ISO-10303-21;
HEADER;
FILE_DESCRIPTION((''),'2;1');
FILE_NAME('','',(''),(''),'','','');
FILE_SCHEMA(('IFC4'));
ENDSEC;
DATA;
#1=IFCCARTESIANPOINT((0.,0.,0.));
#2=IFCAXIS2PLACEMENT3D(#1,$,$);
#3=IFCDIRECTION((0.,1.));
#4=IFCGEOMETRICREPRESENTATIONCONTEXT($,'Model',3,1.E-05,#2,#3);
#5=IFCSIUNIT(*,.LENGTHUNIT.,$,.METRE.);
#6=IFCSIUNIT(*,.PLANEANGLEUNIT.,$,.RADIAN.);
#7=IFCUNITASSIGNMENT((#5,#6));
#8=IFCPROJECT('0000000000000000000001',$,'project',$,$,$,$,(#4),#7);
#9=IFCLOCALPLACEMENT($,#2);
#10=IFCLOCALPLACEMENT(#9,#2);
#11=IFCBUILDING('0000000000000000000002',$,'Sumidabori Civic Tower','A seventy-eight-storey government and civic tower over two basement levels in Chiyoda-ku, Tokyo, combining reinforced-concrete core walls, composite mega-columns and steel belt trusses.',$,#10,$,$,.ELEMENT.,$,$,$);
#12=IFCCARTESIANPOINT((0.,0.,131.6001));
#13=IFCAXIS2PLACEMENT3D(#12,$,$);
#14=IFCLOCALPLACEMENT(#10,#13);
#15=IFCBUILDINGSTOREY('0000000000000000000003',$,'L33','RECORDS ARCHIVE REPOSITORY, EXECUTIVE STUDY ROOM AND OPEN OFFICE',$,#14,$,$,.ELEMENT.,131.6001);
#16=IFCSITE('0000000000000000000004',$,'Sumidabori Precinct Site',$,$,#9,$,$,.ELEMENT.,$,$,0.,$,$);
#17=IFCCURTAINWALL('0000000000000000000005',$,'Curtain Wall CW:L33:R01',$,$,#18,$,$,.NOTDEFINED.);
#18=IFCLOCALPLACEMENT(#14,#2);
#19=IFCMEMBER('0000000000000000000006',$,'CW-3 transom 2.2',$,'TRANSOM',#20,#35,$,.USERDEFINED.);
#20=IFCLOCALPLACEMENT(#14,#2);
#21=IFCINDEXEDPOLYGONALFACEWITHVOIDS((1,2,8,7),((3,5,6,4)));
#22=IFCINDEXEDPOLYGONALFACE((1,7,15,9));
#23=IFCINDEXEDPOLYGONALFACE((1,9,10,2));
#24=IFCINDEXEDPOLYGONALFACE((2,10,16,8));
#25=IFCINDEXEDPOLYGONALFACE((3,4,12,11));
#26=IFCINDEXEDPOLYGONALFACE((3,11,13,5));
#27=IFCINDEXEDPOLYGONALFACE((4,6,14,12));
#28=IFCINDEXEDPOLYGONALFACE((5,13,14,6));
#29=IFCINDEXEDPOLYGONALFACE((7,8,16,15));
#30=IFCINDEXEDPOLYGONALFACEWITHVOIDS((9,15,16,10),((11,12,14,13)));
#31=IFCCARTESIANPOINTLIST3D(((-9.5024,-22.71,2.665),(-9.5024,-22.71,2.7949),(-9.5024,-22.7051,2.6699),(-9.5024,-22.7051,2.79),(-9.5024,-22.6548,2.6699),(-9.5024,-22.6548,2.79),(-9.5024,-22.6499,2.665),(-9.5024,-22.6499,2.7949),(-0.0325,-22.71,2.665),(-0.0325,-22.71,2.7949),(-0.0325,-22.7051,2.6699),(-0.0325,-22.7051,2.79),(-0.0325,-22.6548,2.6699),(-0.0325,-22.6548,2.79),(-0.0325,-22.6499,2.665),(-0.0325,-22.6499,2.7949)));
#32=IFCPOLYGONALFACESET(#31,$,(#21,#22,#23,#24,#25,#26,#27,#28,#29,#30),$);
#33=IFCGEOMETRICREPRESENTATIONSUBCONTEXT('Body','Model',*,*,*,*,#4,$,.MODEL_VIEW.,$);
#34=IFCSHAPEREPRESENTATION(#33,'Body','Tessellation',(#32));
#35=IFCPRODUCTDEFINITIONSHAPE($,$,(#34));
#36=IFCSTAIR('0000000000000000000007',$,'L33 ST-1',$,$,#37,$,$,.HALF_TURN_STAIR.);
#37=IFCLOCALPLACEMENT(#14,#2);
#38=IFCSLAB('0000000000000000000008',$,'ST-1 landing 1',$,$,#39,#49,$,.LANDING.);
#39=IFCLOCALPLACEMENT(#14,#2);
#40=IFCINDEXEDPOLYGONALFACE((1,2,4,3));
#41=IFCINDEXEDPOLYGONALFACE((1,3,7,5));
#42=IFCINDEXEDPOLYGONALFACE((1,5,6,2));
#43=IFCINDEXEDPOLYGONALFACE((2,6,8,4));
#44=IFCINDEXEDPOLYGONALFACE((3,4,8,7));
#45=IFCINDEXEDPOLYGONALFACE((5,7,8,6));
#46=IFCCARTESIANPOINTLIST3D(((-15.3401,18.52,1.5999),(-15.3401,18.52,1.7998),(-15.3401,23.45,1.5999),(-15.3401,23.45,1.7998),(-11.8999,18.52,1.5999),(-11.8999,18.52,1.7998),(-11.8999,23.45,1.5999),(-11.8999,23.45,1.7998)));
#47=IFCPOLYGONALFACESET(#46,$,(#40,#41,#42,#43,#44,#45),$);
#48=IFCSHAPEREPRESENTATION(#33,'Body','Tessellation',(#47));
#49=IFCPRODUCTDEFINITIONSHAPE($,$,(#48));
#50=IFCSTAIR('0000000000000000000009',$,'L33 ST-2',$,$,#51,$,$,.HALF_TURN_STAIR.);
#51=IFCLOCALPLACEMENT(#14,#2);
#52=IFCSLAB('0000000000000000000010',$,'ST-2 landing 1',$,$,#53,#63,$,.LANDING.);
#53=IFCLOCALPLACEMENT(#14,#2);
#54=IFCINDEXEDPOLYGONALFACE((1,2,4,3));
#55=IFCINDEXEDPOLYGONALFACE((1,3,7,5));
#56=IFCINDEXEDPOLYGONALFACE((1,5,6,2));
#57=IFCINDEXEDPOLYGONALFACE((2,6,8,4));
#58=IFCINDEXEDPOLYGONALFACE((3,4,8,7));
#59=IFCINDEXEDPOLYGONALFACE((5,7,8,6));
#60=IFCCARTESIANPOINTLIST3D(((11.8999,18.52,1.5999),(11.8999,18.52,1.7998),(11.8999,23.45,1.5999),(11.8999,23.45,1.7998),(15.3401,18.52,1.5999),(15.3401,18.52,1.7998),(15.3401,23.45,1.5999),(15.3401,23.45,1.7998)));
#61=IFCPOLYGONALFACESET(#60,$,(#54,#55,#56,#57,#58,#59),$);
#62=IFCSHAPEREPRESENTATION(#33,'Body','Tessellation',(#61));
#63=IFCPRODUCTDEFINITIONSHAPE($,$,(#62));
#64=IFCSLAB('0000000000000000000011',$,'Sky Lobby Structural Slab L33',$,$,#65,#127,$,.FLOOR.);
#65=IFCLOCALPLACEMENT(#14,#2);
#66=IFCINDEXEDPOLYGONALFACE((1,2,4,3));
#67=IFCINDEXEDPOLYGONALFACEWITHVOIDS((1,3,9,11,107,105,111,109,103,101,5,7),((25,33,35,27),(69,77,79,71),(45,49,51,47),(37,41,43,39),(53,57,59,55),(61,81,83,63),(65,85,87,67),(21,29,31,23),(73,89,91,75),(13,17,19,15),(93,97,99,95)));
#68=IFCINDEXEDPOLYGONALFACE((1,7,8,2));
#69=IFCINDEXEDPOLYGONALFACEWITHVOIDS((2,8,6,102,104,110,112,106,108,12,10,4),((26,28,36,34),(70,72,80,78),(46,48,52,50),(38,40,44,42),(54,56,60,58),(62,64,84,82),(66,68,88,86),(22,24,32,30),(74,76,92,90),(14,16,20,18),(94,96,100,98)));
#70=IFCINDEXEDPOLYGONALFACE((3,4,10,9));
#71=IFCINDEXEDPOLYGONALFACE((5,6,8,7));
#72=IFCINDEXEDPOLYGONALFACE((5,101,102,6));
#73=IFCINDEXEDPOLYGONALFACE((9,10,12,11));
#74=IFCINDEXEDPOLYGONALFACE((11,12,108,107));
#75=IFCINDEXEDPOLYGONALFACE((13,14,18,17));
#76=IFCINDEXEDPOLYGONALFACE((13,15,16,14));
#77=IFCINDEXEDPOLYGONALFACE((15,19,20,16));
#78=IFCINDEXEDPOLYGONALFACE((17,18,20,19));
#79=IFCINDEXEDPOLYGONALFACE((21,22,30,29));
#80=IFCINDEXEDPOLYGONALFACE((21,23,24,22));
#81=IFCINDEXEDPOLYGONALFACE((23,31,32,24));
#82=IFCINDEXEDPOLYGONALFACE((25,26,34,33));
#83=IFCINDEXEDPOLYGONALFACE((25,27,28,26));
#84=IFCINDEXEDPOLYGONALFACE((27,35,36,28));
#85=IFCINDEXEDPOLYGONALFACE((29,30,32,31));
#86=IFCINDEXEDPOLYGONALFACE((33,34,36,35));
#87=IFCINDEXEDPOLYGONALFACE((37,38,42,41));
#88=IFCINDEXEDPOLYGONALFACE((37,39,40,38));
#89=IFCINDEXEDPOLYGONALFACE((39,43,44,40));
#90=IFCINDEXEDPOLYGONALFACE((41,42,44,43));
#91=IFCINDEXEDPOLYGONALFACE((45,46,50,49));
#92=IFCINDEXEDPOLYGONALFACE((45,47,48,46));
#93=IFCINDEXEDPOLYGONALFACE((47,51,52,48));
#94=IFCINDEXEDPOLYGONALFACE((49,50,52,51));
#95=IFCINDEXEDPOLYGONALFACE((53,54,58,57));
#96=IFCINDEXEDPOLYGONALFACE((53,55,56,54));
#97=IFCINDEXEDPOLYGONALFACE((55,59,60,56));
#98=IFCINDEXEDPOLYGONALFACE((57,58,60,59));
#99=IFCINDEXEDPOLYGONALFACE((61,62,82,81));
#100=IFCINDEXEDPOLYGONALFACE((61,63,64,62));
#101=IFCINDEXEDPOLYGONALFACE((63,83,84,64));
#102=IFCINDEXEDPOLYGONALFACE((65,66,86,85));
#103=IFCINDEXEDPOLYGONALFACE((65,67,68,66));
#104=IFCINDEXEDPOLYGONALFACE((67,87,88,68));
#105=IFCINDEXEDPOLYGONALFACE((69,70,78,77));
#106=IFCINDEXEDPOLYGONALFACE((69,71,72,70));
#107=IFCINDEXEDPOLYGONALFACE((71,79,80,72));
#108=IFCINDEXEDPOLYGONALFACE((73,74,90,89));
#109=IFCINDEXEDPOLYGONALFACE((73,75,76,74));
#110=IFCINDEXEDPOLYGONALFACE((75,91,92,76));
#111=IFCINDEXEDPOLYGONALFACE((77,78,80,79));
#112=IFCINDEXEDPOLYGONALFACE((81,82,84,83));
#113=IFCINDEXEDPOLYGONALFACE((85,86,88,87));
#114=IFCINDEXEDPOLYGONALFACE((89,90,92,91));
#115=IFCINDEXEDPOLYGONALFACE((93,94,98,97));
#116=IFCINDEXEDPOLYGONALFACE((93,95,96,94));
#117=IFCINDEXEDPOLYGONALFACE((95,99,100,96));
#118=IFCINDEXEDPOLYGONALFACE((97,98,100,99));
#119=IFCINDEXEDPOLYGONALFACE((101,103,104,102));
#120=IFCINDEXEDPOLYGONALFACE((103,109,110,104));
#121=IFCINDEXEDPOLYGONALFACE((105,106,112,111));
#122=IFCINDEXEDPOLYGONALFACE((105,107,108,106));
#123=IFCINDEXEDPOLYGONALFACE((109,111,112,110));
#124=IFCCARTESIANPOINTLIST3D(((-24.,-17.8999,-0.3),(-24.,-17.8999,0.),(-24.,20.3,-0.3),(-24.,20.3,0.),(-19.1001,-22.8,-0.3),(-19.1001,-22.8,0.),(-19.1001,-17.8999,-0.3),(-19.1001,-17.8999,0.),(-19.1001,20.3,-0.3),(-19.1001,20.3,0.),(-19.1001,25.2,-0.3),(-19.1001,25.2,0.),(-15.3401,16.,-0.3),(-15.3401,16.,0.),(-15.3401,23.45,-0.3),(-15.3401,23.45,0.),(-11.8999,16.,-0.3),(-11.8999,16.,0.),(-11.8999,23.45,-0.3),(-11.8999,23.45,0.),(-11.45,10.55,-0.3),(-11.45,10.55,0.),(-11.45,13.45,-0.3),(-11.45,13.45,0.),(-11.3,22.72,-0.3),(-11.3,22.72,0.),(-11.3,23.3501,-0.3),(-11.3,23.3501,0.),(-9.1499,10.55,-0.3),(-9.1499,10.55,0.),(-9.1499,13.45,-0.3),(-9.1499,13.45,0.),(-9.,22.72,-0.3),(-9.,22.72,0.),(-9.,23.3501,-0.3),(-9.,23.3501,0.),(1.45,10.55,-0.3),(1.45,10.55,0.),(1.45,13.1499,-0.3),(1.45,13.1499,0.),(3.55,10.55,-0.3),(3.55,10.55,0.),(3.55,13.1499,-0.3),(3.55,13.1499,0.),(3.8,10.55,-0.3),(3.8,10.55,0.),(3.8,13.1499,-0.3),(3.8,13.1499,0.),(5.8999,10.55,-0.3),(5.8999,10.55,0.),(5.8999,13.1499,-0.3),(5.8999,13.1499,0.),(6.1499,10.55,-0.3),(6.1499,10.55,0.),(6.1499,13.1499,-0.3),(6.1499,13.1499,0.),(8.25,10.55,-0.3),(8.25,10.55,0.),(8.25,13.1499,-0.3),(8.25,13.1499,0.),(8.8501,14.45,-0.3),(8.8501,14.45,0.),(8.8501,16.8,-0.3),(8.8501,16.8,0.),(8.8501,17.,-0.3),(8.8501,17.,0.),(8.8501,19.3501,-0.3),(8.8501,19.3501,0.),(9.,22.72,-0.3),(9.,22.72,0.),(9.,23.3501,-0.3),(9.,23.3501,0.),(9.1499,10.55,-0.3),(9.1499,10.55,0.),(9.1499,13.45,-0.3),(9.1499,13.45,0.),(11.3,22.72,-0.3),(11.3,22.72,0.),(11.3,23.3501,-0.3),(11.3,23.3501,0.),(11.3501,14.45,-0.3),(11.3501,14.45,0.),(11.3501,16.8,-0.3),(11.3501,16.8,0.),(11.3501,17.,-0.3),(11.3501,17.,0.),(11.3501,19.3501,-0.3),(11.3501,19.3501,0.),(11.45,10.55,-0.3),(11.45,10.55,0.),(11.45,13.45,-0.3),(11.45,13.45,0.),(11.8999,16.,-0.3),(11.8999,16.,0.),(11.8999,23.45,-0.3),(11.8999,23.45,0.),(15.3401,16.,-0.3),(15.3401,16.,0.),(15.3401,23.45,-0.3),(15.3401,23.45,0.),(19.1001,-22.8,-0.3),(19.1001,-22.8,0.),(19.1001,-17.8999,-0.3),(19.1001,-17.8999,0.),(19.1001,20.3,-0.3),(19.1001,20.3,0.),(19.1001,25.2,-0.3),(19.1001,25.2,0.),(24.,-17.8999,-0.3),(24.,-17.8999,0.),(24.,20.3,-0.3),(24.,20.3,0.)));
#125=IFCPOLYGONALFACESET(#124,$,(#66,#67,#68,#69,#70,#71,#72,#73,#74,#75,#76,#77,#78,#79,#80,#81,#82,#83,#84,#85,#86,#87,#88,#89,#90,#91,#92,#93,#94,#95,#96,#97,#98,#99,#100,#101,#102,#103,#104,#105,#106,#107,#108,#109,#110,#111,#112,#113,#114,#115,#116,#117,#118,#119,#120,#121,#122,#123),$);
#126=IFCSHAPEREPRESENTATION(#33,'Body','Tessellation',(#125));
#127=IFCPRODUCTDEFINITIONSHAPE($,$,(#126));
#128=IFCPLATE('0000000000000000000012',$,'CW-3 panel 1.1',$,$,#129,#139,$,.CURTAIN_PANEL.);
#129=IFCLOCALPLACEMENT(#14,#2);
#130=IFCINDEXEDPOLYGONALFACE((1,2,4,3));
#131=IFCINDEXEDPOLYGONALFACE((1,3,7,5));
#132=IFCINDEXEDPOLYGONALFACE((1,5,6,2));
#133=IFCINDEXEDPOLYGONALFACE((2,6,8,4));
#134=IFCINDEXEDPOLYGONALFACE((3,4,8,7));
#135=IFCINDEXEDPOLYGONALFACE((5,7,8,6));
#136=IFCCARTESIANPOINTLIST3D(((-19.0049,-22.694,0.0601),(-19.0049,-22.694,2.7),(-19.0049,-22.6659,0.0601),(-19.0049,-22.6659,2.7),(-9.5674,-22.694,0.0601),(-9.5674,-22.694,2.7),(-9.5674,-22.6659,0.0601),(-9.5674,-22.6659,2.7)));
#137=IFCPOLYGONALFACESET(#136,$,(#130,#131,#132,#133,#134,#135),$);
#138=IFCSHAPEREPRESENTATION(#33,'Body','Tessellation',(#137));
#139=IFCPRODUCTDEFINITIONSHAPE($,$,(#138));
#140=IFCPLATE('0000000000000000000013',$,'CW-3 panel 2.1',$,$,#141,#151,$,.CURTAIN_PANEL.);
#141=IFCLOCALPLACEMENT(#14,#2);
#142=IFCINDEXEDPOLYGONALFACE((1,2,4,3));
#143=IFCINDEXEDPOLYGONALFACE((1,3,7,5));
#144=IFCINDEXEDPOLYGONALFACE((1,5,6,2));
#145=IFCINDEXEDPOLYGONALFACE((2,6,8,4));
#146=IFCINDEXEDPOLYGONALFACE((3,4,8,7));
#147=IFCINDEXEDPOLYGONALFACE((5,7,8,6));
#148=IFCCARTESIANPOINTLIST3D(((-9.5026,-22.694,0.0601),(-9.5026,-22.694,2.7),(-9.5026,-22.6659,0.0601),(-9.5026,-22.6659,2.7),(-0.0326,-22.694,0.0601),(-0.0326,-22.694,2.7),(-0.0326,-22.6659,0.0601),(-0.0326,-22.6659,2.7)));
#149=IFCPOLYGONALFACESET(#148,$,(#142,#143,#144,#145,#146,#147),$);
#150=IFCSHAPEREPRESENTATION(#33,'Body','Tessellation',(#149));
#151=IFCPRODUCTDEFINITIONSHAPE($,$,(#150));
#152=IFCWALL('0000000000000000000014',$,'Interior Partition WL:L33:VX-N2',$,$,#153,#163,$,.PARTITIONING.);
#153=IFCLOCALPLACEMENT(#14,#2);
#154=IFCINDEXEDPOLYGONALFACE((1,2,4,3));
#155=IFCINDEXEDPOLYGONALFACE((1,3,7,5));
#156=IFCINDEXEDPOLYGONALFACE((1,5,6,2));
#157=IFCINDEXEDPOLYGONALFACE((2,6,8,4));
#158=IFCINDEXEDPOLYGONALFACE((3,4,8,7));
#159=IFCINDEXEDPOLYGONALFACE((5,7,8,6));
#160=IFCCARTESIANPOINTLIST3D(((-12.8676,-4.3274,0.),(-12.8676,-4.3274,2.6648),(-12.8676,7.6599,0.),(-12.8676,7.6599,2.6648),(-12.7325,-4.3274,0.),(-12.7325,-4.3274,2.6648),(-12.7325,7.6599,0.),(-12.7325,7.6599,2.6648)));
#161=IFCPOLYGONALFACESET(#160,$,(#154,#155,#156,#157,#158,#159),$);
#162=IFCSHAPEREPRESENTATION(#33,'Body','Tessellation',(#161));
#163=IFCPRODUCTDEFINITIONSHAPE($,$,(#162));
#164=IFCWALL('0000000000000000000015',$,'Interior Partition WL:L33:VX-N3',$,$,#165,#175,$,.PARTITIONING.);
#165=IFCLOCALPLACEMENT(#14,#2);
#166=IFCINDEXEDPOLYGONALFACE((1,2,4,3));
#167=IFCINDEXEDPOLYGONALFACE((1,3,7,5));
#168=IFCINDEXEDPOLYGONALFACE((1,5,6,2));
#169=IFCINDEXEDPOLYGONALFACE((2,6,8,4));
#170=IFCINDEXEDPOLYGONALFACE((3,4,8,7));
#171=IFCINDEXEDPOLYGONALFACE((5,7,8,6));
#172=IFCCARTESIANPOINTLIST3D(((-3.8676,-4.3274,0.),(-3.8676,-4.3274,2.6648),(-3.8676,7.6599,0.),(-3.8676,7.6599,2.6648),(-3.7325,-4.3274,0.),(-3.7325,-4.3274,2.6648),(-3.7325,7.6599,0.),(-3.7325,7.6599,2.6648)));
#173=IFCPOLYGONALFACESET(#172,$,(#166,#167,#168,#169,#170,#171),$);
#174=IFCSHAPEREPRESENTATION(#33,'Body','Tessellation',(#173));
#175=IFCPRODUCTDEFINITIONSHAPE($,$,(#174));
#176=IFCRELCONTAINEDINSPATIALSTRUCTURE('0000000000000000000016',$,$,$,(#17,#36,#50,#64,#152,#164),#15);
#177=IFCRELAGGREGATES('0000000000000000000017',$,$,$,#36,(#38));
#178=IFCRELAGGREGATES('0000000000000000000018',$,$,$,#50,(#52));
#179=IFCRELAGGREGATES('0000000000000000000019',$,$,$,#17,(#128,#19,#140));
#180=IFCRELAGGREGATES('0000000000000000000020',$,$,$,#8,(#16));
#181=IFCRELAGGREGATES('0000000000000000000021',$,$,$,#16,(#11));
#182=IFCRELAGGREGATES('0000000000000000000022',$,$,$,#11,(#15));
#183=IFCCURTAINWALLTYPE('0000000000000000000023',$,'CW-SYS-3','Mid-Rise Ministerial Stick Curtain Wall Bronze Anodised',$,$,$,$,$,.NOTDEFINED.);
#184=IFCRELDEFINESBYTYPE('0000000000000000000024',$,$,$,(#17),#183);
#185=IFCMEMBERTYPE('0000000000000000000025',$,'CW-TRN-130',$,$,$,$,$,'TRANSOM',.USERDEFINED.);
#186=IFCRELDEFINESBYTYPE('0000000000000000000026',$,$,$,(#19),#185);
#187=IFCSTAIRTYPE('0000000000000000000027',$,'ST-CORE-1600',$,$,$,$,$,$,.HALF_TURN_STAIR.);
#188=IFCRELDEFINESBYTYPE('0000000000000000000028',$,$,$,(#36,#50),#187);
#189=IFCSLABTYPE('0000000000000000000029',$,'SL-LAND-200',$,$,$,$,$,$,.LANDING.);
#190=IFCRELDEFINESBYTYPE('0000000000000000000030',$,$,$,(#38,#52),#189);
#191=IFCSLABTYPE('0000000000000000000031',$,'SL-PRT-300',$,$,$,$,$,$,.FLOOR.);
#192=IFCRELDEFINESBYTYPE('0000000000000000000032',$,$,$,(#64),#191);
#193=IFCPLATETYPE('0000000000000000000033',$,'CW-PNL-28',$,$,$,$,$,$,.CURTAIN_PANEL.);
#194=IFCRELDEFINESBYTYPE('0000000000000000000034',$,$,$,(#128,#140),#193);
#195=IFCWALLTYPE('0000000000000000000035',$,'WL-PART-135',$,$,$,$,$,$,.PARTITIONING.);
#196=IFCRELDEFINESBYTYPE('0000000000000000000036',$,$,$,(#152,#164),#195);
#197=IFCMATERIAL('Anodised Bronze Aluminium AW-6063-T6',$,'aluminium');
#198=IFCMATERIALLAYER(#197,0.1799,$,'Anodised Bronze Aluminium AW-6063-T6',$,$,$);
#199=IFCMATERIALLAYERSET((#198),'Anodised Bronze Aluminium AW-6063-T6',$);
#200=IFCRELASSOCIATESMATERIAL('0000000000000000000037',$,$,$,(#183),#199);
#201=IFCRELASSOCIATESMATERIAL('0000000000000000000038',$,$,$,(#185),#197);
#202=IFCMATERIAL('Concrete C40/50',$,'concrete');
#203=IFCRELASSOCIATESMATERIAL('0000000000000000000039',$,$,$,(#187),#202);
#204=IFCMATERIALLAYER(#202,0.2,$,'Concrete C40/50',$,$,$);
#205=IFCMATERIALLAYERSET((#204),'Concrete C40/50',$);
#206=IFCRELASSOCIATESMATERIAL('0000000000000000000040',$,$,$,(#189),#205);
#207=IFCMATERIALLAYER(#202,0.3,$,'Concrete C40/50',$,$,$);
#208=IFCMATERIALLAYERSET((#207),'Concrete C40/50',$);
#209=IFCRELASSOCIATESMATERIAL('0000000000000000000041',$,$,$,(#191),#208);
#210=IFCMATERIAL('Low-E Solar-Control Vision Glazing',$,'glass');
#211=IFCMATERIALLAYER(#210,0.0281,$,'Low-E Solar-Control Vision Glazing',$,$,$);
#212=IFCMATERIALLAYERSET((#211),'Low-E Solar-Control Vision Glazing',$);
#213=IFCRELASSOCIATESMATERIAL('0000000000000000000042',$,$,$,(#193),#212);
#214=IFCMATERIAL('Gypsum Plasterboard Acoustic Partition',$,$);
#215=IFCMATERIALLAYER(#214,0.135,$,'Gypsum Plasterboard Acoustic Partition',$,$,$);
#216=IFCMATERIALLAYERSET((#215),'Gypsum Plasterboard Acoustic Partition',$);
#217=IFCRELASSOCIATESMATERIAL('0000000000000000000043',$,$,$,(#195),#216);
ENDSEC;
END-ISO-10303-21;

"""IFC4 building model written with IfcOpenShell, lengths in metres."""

from ifc_helpers import new_model, si_unit, direction, frame, frame_2d, origin, origin_2d, place, context, subcontext, project, spatial, polyline, rectangle, hollow_rectangle, outline, extrude, source, transform, mapped, material, layer, layer_set, material_profile, profile_set, type_object, element, aggregate, save


model = new_model("IFC4")

# Units and contexts
model_context = context("Model", 3, precision=1e-05, world=origin(), true_north=direction((0.0, 1.0)))
body_context = subcontext(model_context, "Body", "Model", "MODEL_VIEW")
ifc_project = project(units=[si_unit("LENGTHUNIT", "METRE"), si_unit("PLANEANGLEUNIT", "RADIAN")], contexts=[model_context])

# Site, building, storey
site_placement = place(None, origin())
site = spatial("IfcSite", under=ifc_project, at=site_placement, Name="Sumidabori Precinct Site", CompositionType="ELEMENT", RefElevation=0.0)
building_placement = place(site_placement, origin())
building = spatial("IfcBuilding", under=site, at=building_placement, Name="Sumidabori Civic Tower", Description="A seventy-eight-storey government and civic tower over two basement levels in Chiyoda-ku, Tokyo, combining reinforced-concrete core walls, composite mega-columns and steel belt trusses.", CompositionType="ELEMENT")
storey_placement = place(building_placement, frame((0.0, 0.0, 131.6001)))
storey = spatial("IfcBuildingStorey", under=building, at=storey_placement, Name="L33", Description="RECORDS ARCHIVE REPOSITORY, EXECUTIVE STUDY ROOM AND OPEN OFFICE", CompositionType="ELEMENT", Elevation=131.6001)

# Curtain wall, member
ifc_material_1 = material(Name="Anodised Bronze Aluminium AW-6063-T6", Category="aluminium")
ifc_layer_1 = layer(ifc_material_1, 0.1799, Name="Anodised Bronze Aluminium AW-6063-T6")
ifc_layer_set_1 = layer_set([ifc_layer_1], Name="Anodised Bronze Aluminium AW-6063-T6")
curtain_wall_type = type_object("IfcCurtainWallType", Name="CW-SYS-3", Description="Mid-Rise Ministerial Stick Curtain Wall Bronze Anodised", PredefinedType="NOTDEFINED", material=ifc_layer_set_1)
curtain_wall_placement = place(storey_placement, origin())
curtain_wall = element("IfcCurtainWall", 1, at=curtain_wall_placement, inside=storey, type_object=curtain_wall_type, Name="Curtain Wall CW:L33:R01", PredefinedType="NOTDEFINED")
ifc_material_profile_1 = material_profile(ifc_material_1, hollow_rectangle(XDim=0.0601, YDim=0.1299, WallThickness=0.0049, at=origin_2d()), Name="ALU TRANSOM 130x60")
ifc_profile_set_1 = profile_set([ifc_material_profile_1], Name="Anodised Bronze Aluminium AW-6063-T6")
member_type_1 = type_object("IfcMemberType", Name="CW-TRN-130", ElementType="TRANSOM", PredefinedType="USERDEFINED", material=ifc_profile_set_1)
shared_shape_1 = source(origin(), body_context, "Body", "SweptSolid", [
    extrude(hollow_rectangle(XDim=0.0601, YDim=0.1299, WallThickness=0.0049, at=origin_2d()), origin(), (0.0, 0.0, 1.0), 9.47),
])
member_1_placement = place(storey_placement, frame((-9.5024, -22.6799, 2.73), z_axis=(1.0, 0.0, 0.0), x_axis=(0.0, 1.0, 0.0)))
member_1 = element("IfcMember", 2, at=member_1_placement, type_object=member_type_1, Name="CW-3 transom 2.2", ObjectType="TRANSOM", PredefinedType="USERDEFINED", context=body_context, shape_type="MappedRepresentation", body=[
    mapped(shared_shape_1, transform((0.0, 0.0, 0.0), x_axis=(1.0, 0.0, 0.0), y_axis=(0.0, 1.0, 0.0), z_axis=(0.0, 0.0, 1.0), scale=1.0)),
])

# Stairs, slabs
ifc_material_2 = material(Name="Concrete C40/50", Category="concrete")
stair_type = type_object("IfcStairType", Name="ST-CORE-1600", PredefinedType="HALF_TURN_STAIR", material=ifc_material_2)
stair_1_placement = place(storey_placement, origin())
stair_1 = element("IfcStair", 3, at=stair_1_placement, inside=storey, type_object=stair_type, Name="L33 ST-1", PredefinedType="HALF_TURN_STAIR")
ifc_layer_2 = layer(ifc_material_2, 0.2, Name="Concrete C40/50")
ifc_layer_set_2 = layer_set([ifc_layer_2], Name="Concrete C40/50")
slab_type_1 = type_object("IfcSlabType", Name="SL-LAND-200", PredefinedType="LANDING", material=ifc_layer_set_2)
slab_1_placement = place(storey_placement, frame((0.0, 0.0, 1.5999)))
slab_1 = element("IfcSlab", 4, at=slab_1_placement, type_object=slab_type_1, Name="ST-1 landing 1", PredefinedType="LANDING", context=body_context, shape_type="SweptSolid", body=[
    extrude(outline(polyline([(-11.8999, 18.52), (-11.8999, 23.45), (-15.3401, 23.45), (-15.3401, 18.52), (-11.8999, 18.52)])), origin(), (0.0, 0.0, 1.0), 0.2),
])
aggregate(stair_1, [slab_1])
stair_2_placement = place(storey_placement, origin())
stair_2 = element("IfcStair", 5, at=stair_2_placement, inside=storey, type_object=stair_type, Name="L33 ST-2", PredefinedType="HALF_TURN_STAIR")
slab_2_placement = place(storey_placement, frame((0.0, 0.0, 1.5999)))
slab_2 = element("IfcSlab", 6, at=slab_2_placement, type_object=slab_type_1, Name="ST-2 landing 1", PredefinedType="LANDING", context=body_context, shape_type="SweptSolid", body=[
    extrude(outline(polyline([(15.3401, 18.52), (15.3401, 23.45), (11.8999, 23.45), (11.8999, 18.52), (15.3401, 18.52)])), origin(), (0.0, 0.0, 1.0), 0.2),
])
aggregate(stair_2, [slab_2])

# Slab
ifc_layer_3 = layer(ifc_material_2, 0.3, Name="Concrete C40/50")
ifc_layer_set_3 = layer_set([ifc_layer_3], Name="Concrete C40/50")
slab_type_2 = type_object("IfcSlabType", Name="SL-PRT-300", PredefinedType="FLOOR", material=ifc_layer_set_3)
slab_3_placement = place(storey_placement, frame((0.0, 0.0, -0.3)))
element("IfcSlab", 7, at=slab_3_placement, inside=storey, type_object=slab_type_2, Name="Sky Lobby Structural Slab L33", PredefinedType="FLOOR", context=body_context, shape_type="SweptSolid", body=[
    extrude(outline(polyline([(-19.1001, -22.8), (19.1001, -22.8), (19.1001, -17.8999), (24.0, -17.8999), (24.0, 20.3), (19.1001, 20.3), (19.1001, 25.2), (-19.1001, 25.2), (-19.1001, 20.3), (-24.0, 20.3), (-24.0, -17.8999), (-19.1001, -17.8999), (-19.1001, -22.8)]), holes=[polyline([(-11.8999, 16.0), (-11.8999, 23.45), (-15.3401, 23.45), (-15.3401, 16.0), (-11.8999, 16.0)]), polyline([(15.3401, 16.0), (15.3401, 23.45), (11.8999, 23.45), (11.8999, 16.0), (15.3401, 16.0)]), polyline([(-11.45, 10.55), (-9.1499, 10.55), (-9.1499, 13.45), (-11.45, 13.45), (-11.45, 10.55)]), polyline([(9.1499, 10.55), (11.45, 10.55), (11.45, 13.45), (9.1499, 13.45), (9.1499, 10.55)]), polyline([(1.45, 10.55), (3.55, 10.55), (3.55, 13.1499), (1.45, 13.1499), (1.45, 10.55)]), polyline([(3.8, 10.55), (5.8999, 10.55), (5.8999, 13.1499), (3.8, 13.1499), (3.8, 10.55)]), polyline([(6.1499, 10.55), (8.25, 10.55), (8.25, 13.1499), (6.1499, 13.1499), (6.1499, 10.55)]), polyline([(8.8501, 14.45), (11.3501, 14.45), (11.3501, 16.8), (8.8501, 16.8), (8.8501, 14.45)]), polyline([(8.8501, 17.0), (11.3501, 17.0), (11.3501, 19.3501), (8.8501, 19.3501), (8.8501, 17.0)]), polyline([(-11.3, 22.72), (-9.0, 22.72), (-9.0, 23.3501), (-11.3, 23.3501), (-11.3, 22.72)]), polyline([(9.0, 22.72), (11.3, 22.72), (11.3, 23.3501), (9.0, 23.3501), (9.0, 22.72)])]), origin(), (0.0, 0.0, 1.0), 0.3),
])

# Plates
ifc_material_3 = material(Name="Low-E Solar-Control Vision Glazing", Category="glass")
ifc_layer_4 = layer(ifc_material_3, 0.0281, Name="Low-E Solar-Control Vision Glazing")
ifc_layer_set_4 = layer_set([ifc_layer_4], Name="Low-E Solar-Control Vision Glazing")
plate_type = type_object("IfcPlateType", Name="CW-PNL-28", PredefinedType="CURTAIN_PANEL", material=ifc_layer_set_4)
shared_shape_2 = source(origin(), body_context, "Body", "SweptSolid", [
    extrude(rectangle(XDim=9.4375, YDim=0.0281, at=origin_2d()), origin(), (0.0, 0.0, 1.0), 2.6399),
])
plate_1_placement = place(storey_placement, frame((-14.2861, -22.6799, 0.0601), z_axis=(0.0, 0.0, 1.0), x_axis=(1.0, 0.0, 0.0)))
plate_1 = element("IfcPlate", 8, at=plate_1_placement, type_object=plate_type, Name="CW-3 panel 1.1", PredefinedType="CURTAIN_PANEL", context=body_context, shape_type="MappedRepresentation", body=[
    mapped(shared_shape_2, transform((0.0, 0.0, 0.0), x_axis=(1.0, 0.0, 0.0), y_axis=(0.0, 1.0, 0.0), z_axis=(0.0, 0.0, 1.0), scale=1.0)),
])
shared_shape_3 = source(origin(), body_context, "Body", "SweptSolid", [
    extrude(rectangle(XDim=9.47, YDim=0.0281, at=origin_2d()), origin(), (0.0, 0.0, 1.0), 2.6399),
])
plate_2_placement = place(storey_placement, frame((-4.7676, -22.6799, 0.0601), z_axis=(0.0, 0.0, 1.0), x_axis=(1.0, 0.0, 0.0)))
plate_2 = element("IfcPlate", 9, at=plate_2_placement, type_object=plate_type, Name="CW-3 panel 2.1", PredefinedType="CURTAIN_PANEL", context=body_context, shape_type="MappedRepresentation", body=[
    mapped(shared_shape_3, transform((0.0, 0.0, 0.0), x_axis=(1.0, 0.0, 0.0), y_axis=(0.0, 1.0, 0.0), z_axis=(0.0, 0.0, 1.0), scale=1.0)),
])
aggregate(curtain_wall, [plate_1, member_1, plate_2])

# Walls
ifc_material_4 = material(Name="Gypsum Plasterboard Acoustic Partition")
ifc_layer_5 = layer(ifc_material_4, 0.135, Name="Gypsum Plasterboard Acoustic Partition")
ifc_layer_set_5 = layer_set([ifc_layer_5], Name="Gypsum Plasterboard Acoustic Partition")
wall_type = type_object("IfcWallType", Name="WL-PART-135", PredefinedType="PARTITIONING", material=ifc_layer_set_5)
shared_shape_4 = source(origin(), body_context, "Body", "SweptSolid", [
    extrude(rectangle(XDim=11.9873, YDim=0.135, at=frame_2d((5.9937, 0.0))), origin(), (0.0, 0.0, 1.0), 2.6648),
])
for number, where, z_axis, x_axis, name in (
    (10, (-12.8, -4.3274, 0.0), (0.0, 0.0, 1.0), (0.0, 1.0, 0.0), "Interior Partition WL:L33:VX-N2"),
    (11, (-3.8, -4.3274, 0.0), (0.0, 0.0, 1.0), (0.0, 1.0, 0.0), "Interior Partition WL:L33:VX-N3"),
):
    element("IfcWall", number, at=place(storey_placement, frame(where, z_axis=z_axis, x_axis=x_axis)), inside=storey, type_object=wall_type, Name=name, PredefinedType="PARTITIONING", context=body_context, shape_type="MappedRepresentation", body=[
        mapped(shared_shape_4, transform((0.0, 0.0, 0.0), x_axis=(1.0, 0.0, 0.0), y_axis=(0.0, 1.0, 0.0), z_axis=(0.0, 0.0, 1.0), scale=1.0)),
    ])

save(model, "model.ifc")
